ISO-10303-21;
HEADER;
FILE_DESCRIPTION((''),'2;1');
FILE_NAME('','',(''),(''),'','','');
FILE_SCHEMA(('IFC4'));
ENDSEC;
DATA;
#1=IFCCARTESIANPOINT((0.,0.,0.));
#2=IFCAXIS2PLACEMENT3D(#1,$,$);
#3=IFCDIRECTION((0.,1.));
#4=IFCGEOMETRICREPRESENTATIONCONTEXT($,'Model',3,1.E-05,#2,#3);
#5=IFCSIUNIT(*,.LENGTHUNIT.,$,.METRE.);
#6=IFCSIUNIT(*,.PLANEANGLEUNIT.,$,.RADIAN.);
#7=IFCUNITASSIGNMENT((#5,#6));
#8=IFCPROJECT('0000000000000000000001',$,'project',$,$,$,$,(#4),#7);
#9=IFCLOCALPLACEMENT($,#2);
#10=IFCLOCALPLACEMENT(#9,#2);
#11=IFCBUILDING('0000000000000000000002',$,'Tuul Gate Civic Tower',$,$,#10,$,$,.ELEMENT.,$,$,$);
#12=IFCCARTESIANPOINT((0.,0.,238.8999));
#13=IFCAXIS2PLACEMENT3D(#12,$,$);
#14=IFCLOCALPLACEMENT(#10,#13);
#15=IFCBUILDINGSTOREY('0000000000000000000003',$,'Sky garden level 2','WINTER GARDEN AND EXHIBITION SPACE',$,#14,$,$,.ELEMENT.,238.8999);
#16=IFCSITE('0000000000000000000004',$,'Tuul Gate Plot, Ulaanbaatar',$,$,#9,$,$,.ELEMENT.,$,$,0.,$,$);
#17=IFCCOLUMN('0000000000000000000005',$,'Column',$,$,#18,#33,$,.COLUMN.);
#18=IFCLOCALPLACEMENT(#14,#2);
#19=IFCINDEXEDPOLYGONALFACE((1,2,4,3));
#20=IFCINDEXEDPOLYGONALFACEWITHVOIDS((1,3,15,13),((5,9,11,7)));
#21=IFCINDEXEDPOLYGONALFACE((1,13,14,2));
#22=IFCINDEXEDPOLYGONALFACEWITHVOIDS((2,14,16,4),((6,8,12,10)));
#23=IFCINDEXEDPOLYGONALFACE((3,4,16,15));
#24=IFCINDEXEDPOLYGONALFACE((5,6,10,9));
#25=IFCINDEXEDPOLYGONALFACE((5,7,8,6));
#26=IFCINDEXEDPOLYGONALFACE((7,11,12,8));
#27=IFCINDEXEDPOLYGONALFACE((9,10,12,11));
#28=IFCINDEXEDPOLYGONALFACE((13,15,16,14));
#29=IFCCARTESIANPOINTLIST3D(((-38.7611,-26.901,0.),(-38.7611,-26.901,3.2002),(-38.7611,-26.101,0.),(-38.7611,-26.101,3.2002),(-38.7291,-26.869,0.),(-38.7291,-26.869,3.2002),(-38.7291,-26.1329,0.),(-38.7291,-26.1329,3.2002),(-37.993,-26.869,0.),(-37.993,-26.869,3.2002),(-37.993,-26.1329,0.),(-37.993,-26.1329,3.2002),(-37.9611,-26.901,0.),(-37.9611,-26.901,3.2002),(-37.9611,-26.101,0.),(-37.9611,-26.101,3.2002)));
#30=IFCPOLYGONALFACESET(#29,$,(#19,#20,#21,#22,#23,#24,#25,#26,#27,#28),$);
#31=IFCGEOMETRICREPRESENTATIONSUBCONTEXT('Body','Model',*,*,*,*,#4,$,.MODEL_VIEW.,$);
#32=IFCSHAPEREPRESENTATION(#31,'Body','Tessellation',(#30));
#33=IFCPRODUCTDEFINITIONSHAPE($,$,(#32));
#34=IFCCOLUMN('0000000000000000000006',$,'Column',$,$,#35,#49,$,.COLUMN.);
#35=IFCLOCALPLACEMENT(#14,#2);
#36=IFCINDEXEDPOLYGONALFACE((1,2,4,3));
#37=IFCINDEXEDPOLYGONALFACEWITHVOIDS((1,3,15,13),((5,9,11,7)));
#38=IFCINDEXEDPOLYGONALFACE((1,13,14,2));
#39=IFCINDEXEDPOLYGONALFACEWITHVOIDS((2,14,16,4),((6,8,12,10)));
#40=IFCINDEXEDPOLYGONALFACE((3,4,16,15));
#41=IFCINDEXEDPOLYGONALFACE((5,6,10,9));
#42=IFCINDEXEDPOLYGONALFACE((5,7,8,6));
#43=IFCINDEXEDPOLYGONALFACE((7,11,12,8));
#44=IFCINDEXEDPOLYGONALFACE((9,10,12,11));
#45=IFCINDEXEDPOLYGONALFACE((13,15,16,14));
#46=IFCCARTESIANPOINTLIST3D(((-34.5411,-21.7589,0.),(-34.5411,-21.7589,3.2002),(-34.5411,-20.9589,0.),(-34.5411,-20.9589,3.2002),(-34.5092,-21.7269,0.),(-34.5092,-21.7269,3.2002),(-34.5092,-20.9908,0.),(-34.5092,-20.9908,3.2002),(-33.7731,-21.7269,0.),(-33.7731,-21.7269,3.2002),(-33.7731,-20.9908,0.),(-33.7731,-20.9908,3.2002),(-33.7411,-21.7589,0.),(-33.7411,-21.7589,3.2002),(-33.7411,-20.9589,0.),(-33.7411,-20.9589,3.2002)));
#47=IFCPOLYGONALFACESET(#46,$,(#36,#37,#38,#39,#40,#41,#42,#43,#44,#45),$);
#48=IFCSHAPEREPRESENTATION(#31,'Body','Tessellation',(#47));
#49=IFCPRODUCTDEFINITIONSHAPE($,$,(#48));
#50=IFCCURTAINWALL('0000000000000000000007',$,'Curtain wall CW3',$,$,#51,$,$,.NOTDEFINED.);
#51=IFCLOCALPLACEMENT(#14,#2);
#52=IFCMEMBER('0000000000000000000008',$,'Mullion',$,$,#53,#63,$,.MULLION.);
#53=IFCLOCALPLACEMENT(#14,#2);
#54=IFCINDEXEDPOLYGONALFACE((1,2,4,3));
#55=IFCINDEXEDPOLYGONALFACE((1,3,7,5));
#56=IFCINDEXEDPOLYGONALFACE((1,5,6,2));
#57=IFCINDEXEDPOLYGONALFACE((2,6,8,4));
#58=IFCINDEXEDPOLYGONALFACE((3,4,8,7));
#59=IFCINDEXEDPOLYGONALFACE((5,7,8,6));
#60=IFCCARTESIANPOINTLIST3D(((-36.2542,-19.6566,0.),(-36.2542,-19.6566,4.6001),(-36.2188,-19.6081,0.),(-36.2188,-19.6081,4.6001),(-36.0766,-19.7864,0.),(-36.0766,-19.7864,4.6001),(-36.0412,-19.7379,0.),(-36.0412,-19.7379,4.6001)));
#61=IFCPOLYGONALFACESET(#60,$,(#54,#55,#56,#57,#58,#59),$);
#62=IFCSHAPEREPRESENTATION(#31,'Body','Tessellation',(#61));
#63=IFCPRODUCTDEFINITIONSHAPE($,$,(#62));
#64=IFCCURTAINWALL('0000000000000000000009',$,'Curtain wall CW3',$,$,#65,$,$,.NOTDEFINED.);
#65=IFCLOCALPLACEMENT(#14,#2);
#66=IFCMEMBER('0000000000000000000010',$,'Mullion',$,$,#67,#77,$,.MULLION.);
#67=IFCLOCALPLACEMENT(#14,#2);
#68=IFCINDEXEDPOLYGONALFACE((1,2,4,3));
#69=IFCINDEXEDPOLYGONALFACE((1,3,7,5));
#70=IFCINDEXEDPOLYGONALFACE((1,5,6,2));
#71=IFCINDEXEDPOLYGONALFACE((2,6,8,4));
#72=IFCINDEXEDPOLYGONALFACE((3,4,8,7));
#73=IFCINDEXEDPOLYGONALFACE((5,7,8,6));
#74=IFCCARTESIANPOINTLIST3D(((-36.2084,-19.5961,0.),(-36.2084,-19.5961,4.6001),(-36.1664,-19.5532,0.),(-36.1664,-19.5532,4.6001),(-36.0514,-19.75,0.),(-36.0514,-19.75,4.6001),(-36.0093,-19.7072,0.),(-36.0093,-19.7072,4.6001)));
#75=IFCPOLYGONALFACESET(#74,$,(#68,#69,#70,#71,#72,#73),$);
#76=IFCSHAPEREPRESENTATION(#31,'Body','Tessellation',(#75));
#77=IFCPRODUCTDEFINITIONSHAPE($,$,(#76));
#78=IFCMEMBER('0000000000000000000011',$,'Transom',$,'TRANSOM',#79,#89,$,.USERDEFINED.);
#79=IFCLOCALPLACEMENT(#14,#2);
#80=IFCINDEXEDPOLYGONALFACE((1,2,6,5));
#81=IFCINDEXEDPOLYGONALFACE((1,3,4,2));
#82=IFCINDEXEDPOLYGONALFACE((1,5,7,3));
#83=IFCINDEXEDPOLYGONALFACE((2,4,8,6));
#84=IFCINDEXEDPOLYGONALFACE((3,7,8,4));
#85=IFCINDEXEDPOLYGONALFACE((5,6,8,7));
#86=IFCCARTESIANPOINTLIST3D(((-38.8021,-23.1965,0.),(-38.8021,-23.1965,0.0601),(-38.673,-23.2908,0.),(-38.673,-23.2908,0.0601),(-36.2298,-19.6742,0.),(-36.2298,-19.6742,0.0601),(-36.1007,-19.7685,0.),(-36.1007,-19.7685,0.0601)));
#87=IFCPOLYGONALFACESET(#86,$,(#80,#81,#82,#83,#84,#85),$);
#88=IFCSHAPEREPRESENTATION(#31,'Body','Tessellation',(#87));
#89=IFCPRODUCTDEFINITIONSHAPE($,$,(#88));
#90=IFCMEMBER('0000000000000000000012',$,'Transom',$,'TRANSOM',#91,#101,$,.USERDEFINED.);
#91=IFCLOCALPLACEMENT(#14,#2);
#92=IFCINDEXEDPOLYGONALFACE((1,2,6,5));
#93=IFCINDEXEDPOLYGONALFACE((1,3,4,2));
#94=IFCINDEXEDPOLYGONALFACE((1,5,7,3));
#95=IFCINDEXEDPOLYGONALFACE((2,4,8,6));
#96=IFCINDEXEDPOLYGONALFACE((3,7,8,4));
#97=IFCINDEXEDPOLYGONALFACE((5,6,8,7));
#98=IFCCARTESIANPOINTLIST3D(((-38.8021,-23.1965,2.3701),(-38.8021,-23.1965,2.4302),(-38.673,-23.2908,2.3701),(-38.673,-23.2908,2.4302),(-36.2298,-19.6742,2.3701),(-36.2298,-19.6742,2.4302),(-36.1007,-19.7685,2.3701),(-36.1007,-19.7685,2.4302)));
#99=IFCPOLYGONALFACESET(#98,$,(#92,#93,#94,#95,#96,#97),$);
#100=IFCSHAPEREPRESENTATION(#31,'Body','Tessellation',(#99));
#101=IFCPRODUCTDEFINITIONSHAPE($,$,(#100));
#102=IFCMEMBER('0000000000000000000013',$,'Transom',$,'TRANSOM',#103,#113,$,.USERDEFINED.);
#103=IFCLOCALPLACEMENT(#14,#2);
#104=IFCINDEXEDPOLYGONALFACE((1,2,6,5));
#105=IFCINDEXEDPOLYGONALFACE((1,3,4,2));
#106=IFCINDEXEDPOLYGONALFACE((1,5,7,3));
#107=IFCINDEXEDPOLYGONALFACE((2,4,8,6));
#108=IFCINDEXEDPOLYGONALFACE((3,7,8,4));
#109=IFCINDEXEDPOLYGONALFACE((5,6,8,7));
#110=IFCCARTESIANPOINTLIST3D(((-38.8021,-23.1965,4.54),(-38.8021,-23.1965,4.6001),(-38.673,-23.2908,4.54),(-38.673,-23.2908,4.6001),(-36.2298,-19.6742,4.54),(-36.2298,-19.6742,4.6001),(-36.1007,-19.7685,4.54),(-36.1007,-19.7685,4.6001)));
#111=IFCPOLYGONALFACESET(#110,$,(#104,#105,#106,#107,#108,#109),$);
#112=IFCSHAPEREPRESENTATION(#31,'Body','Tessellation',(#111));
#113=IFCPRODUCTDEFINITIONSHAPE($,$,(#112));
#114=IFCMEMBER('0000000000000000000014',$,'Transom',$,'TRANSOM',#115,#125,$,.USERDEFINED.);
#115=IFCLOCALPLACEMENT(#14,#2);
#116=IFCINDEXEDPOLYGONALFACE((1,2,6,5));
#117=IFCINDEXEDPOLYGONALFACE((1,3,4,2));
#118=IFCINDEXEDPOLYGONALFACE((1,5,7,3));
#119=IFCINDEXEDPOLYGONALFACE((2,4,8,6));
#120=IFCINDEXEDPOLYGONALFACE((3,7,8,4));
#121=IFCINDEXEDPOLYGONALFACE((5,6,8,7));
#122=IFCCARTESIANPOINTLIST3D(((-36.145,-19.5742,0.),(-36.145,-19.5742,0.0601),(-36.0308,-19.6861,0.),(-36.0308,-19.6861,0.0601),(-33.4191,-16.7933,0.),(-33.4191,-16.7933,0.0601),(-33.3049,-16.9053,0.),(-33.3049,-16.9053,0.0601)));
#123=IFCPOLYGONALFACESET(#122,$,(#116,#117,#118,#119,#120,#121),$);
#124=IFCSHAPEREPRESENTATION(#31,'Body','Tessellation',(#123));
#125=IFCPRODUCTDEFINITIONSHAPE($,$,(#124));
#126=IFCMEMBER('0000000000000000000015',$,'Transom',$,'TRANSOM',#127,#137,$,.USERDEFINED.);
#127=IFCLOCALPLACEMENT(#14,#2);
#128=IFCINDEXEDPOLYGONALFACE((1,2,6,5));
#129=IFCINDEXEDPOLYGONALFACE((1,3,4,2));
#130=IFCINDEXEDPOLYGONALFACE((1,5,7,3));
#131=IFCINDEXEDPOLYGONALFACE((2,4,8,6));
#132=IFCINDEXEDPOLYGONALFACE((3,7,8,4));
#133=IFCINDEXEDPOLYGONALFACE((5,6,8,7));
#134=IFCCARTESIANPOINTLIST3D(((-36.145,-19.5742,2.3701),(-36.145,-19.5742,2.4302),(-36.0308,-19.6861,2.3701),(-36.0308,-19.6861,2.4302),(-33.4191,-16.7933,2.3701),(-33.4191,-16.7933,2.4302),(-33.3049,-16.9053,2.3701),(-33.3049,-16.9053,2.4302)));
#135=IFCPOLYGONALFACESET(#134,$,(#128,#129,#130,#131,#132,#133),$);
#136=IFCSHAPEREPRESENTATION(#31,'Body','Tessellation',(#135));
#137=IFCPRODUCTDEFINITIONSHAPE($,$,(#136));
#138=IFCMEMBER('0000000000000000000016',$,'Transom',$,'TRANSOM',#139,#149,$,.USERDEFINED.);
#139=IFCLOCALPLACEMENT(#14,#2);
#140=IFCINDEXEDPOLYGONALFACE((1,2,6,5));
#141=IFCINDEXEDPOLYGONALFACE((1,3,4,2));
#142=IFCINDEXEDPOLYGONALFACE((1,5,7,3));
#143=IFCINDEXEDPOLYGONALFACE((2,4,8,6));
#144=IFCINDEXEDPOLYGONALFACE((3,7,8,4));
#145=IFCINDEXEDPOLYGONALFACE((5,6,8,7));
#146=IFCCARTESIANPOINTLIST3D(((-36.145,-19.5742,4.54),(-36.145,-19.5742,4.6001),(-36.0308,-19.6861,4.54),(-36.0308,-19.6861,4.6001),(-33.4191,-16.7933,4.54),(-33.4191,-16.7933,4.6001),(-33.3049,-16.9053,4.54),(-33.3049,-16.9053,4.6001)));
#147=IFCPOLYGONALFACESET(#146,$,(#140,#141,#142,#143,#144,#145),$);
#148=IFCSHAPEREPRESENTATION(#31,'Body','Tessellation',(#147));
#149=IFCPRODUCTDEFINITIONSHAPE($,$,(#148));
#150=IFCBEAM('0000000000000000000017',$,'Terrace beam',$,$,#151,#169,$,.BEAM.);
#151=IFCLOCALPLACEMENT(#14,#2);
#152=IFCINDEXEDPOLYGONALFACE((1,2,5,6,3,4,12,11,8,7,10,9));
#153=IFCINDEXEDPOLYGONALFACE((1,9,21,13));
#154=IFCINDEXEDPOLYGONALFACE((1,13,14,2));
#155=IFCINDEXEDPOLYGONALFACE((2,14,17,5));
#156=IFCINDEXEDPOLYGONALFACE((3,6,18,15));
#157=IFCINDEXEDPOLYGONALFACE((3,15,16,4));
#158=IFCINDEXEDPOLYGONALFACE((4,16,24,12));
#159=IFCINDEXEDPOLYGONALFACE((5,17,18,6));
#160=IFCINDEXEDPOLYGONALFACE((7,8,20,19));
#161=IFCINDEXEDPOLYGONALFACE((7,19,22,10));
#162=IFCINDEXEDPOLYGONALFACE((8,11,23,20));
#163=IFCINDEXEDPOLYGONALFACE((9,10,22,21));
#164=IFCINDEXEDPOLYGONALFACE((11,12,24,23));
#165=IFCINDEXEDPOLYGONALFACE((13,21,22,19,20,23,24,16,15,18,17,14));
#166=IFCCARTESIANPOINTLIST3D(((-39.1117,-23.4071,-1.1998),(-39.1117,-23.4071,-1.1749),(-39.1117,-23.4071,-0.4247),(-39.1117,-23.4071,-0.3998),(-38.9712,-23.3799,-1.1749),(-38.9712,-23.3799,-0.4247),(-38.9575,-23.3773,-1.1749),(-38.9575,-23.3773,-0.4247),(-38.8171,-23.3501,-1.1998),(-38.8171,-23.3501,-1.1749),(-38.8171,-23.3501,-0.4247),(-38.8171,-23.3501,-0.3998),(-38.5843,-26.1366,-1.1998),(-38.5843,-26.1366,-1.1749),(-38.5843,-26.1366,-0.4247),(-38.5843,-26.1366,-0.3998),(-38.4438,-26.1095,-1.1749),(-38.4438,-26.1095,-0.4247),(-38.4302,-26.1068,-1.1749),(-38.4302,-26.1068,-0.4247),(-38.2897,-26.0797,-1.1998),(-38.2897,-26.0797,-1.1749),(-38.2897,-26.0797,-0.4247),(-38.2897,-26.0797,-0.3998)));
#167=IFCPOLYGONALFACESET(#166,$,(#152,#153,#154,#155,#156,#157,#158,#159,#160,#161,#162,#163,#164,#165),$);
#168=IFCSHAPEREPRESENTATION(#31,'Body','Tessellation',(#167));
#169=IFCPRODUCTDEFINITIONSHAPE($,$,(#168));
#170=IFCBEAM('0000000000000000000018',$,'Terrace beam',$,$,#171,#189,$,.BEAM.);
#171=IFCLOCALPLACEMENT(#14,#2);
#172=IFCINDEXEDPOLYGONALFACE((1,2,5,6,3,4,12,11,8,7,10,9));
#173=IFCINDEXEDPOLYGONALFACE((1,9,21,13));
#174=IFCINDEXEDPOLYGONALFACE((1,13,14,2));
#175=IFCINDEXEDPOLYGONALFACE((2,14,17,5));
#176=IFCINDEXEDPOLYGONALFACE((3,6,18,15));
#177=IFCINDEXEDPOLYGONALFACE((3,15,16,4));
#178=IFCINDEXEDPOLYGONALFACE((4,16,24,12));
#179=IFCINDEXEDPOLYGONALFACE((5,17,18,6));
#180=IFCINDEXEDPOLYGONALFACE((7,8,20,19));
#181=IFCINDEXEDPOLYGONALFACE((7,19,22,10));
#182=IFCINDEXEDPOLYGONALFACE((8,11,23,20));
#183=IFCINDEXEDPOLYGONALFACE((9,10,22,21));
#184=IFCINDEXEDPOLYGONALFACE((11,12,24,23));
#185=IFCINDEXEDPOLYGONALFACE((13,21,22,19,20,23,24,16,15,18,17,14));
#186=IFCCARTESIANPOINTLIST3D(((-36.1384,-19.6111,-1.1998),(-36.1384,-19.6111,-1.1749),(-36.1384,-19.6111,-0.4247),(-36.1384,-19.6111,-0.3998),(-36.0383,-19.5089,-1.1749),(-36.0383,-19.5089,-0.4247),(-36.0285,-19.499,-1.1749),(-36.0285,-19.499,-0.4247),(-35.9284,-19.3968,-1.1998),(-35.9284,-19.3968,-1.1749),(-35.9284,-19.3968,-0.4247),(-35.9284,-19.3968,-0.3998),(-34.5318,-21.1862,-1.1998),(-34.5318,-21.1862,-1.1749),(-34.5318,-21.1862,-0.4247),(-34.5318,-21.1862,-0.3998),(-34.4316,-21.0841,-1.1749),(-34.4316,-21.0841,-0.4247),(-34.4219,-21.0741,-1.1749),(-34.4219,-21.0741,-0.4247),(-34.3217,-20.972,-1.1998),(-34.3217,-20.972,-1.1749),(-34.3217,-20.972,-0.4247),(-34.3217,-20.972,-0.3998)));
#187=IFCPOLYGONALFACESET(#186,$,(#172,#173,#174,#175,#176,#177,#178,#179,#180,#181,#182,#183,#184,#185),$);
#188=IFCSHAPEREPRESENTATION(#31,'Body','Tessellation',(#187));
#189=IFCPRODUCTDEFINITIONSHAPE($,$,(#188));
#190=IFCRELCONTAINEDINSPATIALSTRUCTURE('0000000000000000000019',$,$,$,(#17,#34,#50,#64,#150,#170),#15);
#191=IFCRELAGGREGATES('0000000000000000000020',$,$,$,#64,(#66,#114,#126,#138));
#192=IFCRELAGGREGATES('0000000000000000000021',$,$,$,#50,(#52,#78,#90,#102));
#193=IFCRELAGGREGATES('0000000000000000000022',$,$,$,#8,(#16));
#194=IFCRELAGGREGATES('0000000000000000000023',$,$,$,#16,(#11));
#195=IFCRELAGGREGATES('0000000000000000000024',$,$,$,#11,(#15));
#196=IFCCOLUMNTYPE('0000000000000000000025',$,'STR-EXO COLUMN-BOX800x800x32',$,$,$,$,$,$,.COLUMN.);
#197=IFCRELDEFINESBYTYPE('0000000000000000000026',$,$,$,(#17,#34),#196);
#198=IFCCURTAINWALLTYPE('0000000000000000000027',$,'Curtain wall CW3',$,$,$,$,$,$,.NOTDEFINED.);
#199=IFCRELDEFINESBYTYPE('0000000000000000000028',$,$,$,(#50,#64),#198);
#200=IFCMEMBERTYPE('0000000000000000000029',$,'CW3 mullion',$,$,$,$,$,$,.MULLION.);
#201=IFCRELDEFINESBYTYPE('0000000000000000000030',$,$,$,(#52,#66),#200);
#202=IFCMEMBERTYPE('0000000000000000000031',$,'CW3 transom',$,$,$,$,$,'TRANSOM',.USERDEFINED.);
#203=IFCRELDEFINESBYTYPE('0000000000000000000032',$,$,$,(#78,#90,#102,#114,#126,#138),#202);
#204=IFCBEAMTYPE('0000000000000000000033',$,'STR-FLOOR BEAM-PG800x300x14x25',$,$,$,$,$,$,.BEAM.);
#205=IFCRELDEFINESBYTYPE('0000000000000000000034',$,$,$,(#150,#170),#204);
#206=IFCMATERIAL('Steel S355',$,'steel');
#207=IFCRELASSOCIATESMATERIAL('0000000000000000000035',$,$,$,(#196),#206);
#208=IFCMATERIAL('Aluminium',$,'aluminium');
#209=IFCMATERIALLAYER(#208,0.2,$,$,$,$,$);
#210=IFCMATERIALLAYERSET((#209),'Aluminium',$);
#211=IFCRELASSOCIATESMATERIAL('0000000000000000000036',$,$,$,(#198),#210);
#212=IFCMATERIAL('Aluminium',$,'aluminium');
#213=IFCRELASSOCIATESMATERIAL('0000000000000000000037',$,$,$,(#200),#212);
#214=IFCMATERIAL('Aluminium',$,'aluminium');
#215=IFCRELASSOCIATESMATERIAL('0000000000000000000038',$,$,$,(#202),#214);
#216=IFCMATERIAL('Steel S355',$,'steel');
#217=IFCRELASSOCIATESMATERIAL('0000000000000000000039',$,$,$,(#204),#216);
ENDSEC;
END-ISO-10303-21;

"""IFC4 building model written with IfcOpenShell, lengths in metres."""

from ifc_helpers import new_model, si_unit, direction, frame, origin, origin_2d, place, context, subcontext, project, spatial, rectangle, hollow_rectangle, i_section, extrude, material, layer, layer_set, material_profile, profile_set, type_object, element, aggregate, save


model = new_model("IFC4")

# Units and contexts
model_context = context("Model", 3, precision=1e-05, world=origin(), true_north=direction((0.0, 1.0)))
body_context = subcontext(model_context, "Body", "Model", "MODEL_VIEW")
ifc_project = project(units=[si_unit("LENGTHUNIT", "METRE"), si_unit("PLANEANGLEUNIT", "RADIAN")], contexts=[model_context])

# Site, building, storey
site_placement = place(None, origin())
site = spatial("IfcSite", under=ifc_project, at=site_placement, Name="Tuul Gate Plot, Ulaanbaatar", CompositionType="ELEMENT", RefElevation=0.0)
building_placement = place(site_placement, origin())
building = spatial("IfcBuilding", under=site, at=building_placement, Name="Tuul Gate Civic Tower", CompositionType="ELEMENT")
storey_placement = place(building_placement, frame((0.0, 0.0, 238.8999)))
storey = spatial("IfcBuildingStorey", under=building, at=storey_placement, Name="Sky garden level 2", Description="WINTER GARDEN AND EXHIBITION SPACE", CompositionType="ELEMENT", Elevation=238.8999)

# Columns
ifc_material_1 = material(Name="Steel S355", Category="steel")
ifc_material_profile_1 = material_profile(ifc_material_1, hollow_rectangle(XDim=0.8, YDim=0.8, WallThickness=0.032, at=origin_2d()), Name="BOX800x800x32")
ifc_profile_set_1 = profile_set([ifc_material_profile_1], Name="Steel S355")
column_type = type_object("IfcColumnType", Name="STR-EXO COLUMN-BOX800x800x32", PredefinedType="COLUMN", material=ifc_profile_set_1)
for number, where, z_axis, x_axis, name in (
    (1, (-38.3611, -26.501, 0.0), (0.0, 0.0, 1.0), (1.0, 0.0, 0.0), "Column"),
    (2, (-34.1411, -21.3589, 0.0), (0.0, 0.0, 1.0), (1.0, 0.0, 0.0), "Column"),
):
    element("IfcColumn", number, at=place(storey_placement, frame(where, z_axis=z_axis, x_axis=x_axis)), inside=storey, type_object=column_type, Name=name, PredefinedType="COLUMN", context=body_context, shape_type="SweptSolid", body=[
        extrude(hollow_rectangle(XDim=0.8, YDim=0.8, WallThickness=0.032, at=origin_2d()), origin(), (0.0, 0.0, 1.0), 3.2002),
    ])

# Curtain walls, members
ifc_material_2 = material(Name="Aluminium", Category="aluminium")
ifc_layer_1 = layer(ifc_material_2, 0.2)
ifc_layer_set_1 = layer_set([ifc_layer_1], Name="Aluminium")
curtain_wall_type = type_object("IfcCurtainWallType", Name="Curtain wall CW3", PredefinedType="NOTDEFINED", material=ifc_layer_set_1)
curtain_wall_1_placement = place(storey_placement, origin())
curtain_wall_1 = element("IfcCurtainWall", 3, at=curtain_wall_1_placement, inside=storey, type_object=curtain_wall_type, Name="Curtain wall CW3", PredefinedType="NOTDEFINED")
ifc_material_3 = material(Name="Aluminium", Category="aluminium")
ifc_material_profile_2 = material_profile(ifc_material_3, rectangle(XDim=0.22, YDim=0.0601, at=origin_2d()), Name="CW3 mullion")
ifc_profile_set_2 = profile_set([ifc_material_profile_2], Name="Aluminium")
member_type_1 = type_object("IfcMemberType", Name="CW3 mullion", PredefinedType="MULLION", material=ifc_profile_set_2)
member_1_placement = place(storey_placement, frame((-36.1477, -19.6973, 0.0), z_axis=(0.0, 0.0, 1.0), x_axis=(-0.807567, 0.589776, 0.0)))
member_1 = element("IfcMember", 4, at=member_1_placement, type_object=member_type_1, Name="Mullion", PredefinedType="MULLION", context=body_context, shape_type="SweptSolid", body=[
    extrude(rectangle(XDim=0.22, YDim=0.0601, at=origin_2d()), origin(), (0.0, 0.0, 1.0), 4.6001),
])
curtain_wall_2_placement = place(storey_placement, origin())
curtain_wall_2 = element("IfcCurtainWall", 5, at=curtain_wall_2_placement, inside=storey, type_object=curtain_wall_type, Name="Curtain wall CW3", PredefinedType="NOTDEFINED")
member_2_placement = place(storey_placement, frame((-36.1089, -19.6516, 0.0), z_axis=(0.0, 0.0, 1.0), x_axis=(-0.7141, 0.700044, 0.0)))
member_2 = element("IfcMember", 6, at=member_2_placement, type_object=member_type_1, Name="Mullion", PredefinedType="MULLION", context=body_context, shape_type="SweptSolid", body=[
    extrude(rectangle(XDim=0.22, YDim=0.0601, at=origin_2d()), origin(), (0.0, 0.0, 1.0), 4.6001),
])

# Members
ifc_material_4 = material(Name="Aluminium", Category="aluminium")
ifc_material_profile_3 = material_profile(ifc_material_4, rectangle(XDim=0.1599, YDim=0.0601, at=origin_2d()), Name="CW3 transom")
ifc_profile_set_3 = profile_set([ifc_material_profile_3], Name="Aluminium")
member_type_2 = type_object("IfcMemberType", Name="CW3 transom", ElementType="TRANSOM", PredefinedType="USERDEFINED", material=ifc_profile_set_3)
member_3_placement = place(storey_placement, frame((-38.7375, -23.2437, 0.03), z_axis=(0.589768, 0.807573, 0.0), x_axis=(-0.807573, 0.589768, 0.0)))
member_3 = element("IfcMember", 7, at=member_3_placement, type_object=member_type_2, Name="Transom", ObjectType="TRANSOM", PredefinedType="USERDEFINED", context=body_context, shape_type="SweptSolid", body=[
    extrude(rectangle(XDim=0.1599, YDim=0.0601, at=origin_2d()), origin(), (0.0, 0.0, 1.0), 4.3616),
])
member_4_placement = place(storey_placement, frame((-38.7375, -23.2437, 2.4001), z_axis=(0.589768, 0.807573, 0.0), x_axis=(-0.807573, 0.589768, 0.0)))
member_4 = element("IfcMember", 8, at=member_4_placement, type_object=member_type_2, Name="Transom", ObjectType="TRANSOM", PredefinedType="USERDEFINED", context=body_context, shape_type="SweptSolid", body=[
    extrude(rectangle(XDim=0.1599, YDim=0.0601, at=origin_2d()), origin(), (0.0, 0.0, 1.0), 4.3616),
])
member_5_placement = place(storey_placement, frame((-38.7375, -23.2437, 4.5701), z_axis=(0.589768, 0.807573, 0.0), x_axis=(-0.807573, 0.589768, 0.0)))
member_5 = element("IfcMember", 9, at=member_5_placement, type_object=member_type_2, Name="Transom", ObjectType="TRANSOM", PredefinedType="USERDEFINED", context=body_context, shape_type="SweptSolid", body=[
    extrude(rectangle(XDim=0.1599, YDim=0.0601, at=origin_2d()), origin(), (0.0, 0.0, 1.0), 4.3616),
])
member_6_placement = place(storey_placement, frame((-36.0879, -19.6301, 0.03), z_axis=(0.700018, 0.714125, 0.0), x_axis=(-0.714125, 0.700018, 0.0)))
member_6 = element("IfcMember", 10, at=member_6_placement, type_object=member_type_2, Name="Transom", ObjectType="TRANSOM", PredefinedType="USERDEFINED", context=body_context, shape_type="SweptSolid", body=[
    extrude(rectangle(XDim=0.1599, YDim=0.0601, at=origin_2d()), origin(), (0.0, 0.0, 1.0), 3.894),
])
member_7_placement = place(storey_placement, frame((-36.0879, -19.6301, 2.4001), z_axis=(0.700018, 0.714125, 0.0), x_axis=(-0.714125, 0.700018, 0.0)))
member_7 = element("IfcMember", 11, at=member_7_placement, type_object=member_type_2, Name="Transom", ObjectType="TRANSOM", PredefinedType="USERDEFINED", context=body_context, shape_type="SweptSolid", body=[
    extrude(rectangle(XDim=0.1599, YDim=0.0601, at=origin_2d()), origin(), (0.0, 0.0, 1.0), 3.894),
])
member_8_placement = place(storey_placement, frame((-36.0879, -19.6301, 4.5701), z_axis=(0.700018, 0.714125, 0.0), x_axis=(-0.714125, 0.700018, 0.0)))
member_8 = element("IfcMember", 12, at=member_8_placement, type_object=member_type_2, Name="Transom", ObjectType="TRANSOM", PredefinedType="USERDEFINED", context=body_context, shape_type="SweptSolid", body=[
    extrude(rectangle(XDim=0.1599, YDim=0.0601, at=origin_2d()), origin(), (0.0, 0.0, 1.0), 3.894),
])
aggregate(curtain_wall_2, [member_2, member_6, member_7, member_8])

# Beams
ifc_material_5 = material(Name="Steel S355", Category="steel")
ifc_material_profile_4 = material_profile(ifc_material_5, i_section(OverallWidth=0.3, OverallDepth=0.8, WebThickness=0.0139, FlangeThickness=0.0249, at=origin_2d()), Name="PG800x300x14x25")
ifc_profile_set_4 = profile_set([ifc_material_profile_4], Name="Steel S355")
beam_type_1 = type_object("IfcBeamType", Name="STR-FLOOR BEAM-PG800x300x14x25", PredefinedType="BEAM", material=ifc_profile_set_4)
beam_1_placement = place(storey_placement, frame((-38.437, -26.1082, -0.7998), z_axis=(-0.189694, 0.981843, 0.0), x_axis=(-0.981843, -0.189694, 0.0)))
element("IfcBeam", 13, at=beam_1_placement, inside=storey, type_object=beam_type_1, Name="Terrace beam", PredefinedType="BEAM", context=body_context, shape_type="SweptSolid", body=[
    extrude(i_section(OverallWidth=0.3, OverallDepth=0.8, WebThickness=0.0139, FlangeThickness=0.0249, at=origin_2d()), origin(), (0.0, 0.0, 1.0), 2.78),
])
beam_2_placement = place(storey_placement, frame((-34.4268, -21.0791, -0.7998), z_axis=(-0.714071, 0.700074, 0.0), x_axis=(-0.700074, -0.714071, 0.0)))
element("IfcBeam", 14, at=beam_2_placement, inside=storey, type_object=beam_type_1, Name="Terrace beam", PredefinedType="BEAM", context=body_context, shape_type="SweptSolid", body=[
    extrude(i_section(OverallWidth=0.3, OverallDepth=0.8, WebThickness=0.0139, FlangeThickness=0.0249, at=origin_2d()), origin(), (0.0, 0.0, 1.0), 2.25),
])

aggregate(curtain_wall_1, [member_1, member_3, member_4, member_5])

save(model, "model.ifc")
